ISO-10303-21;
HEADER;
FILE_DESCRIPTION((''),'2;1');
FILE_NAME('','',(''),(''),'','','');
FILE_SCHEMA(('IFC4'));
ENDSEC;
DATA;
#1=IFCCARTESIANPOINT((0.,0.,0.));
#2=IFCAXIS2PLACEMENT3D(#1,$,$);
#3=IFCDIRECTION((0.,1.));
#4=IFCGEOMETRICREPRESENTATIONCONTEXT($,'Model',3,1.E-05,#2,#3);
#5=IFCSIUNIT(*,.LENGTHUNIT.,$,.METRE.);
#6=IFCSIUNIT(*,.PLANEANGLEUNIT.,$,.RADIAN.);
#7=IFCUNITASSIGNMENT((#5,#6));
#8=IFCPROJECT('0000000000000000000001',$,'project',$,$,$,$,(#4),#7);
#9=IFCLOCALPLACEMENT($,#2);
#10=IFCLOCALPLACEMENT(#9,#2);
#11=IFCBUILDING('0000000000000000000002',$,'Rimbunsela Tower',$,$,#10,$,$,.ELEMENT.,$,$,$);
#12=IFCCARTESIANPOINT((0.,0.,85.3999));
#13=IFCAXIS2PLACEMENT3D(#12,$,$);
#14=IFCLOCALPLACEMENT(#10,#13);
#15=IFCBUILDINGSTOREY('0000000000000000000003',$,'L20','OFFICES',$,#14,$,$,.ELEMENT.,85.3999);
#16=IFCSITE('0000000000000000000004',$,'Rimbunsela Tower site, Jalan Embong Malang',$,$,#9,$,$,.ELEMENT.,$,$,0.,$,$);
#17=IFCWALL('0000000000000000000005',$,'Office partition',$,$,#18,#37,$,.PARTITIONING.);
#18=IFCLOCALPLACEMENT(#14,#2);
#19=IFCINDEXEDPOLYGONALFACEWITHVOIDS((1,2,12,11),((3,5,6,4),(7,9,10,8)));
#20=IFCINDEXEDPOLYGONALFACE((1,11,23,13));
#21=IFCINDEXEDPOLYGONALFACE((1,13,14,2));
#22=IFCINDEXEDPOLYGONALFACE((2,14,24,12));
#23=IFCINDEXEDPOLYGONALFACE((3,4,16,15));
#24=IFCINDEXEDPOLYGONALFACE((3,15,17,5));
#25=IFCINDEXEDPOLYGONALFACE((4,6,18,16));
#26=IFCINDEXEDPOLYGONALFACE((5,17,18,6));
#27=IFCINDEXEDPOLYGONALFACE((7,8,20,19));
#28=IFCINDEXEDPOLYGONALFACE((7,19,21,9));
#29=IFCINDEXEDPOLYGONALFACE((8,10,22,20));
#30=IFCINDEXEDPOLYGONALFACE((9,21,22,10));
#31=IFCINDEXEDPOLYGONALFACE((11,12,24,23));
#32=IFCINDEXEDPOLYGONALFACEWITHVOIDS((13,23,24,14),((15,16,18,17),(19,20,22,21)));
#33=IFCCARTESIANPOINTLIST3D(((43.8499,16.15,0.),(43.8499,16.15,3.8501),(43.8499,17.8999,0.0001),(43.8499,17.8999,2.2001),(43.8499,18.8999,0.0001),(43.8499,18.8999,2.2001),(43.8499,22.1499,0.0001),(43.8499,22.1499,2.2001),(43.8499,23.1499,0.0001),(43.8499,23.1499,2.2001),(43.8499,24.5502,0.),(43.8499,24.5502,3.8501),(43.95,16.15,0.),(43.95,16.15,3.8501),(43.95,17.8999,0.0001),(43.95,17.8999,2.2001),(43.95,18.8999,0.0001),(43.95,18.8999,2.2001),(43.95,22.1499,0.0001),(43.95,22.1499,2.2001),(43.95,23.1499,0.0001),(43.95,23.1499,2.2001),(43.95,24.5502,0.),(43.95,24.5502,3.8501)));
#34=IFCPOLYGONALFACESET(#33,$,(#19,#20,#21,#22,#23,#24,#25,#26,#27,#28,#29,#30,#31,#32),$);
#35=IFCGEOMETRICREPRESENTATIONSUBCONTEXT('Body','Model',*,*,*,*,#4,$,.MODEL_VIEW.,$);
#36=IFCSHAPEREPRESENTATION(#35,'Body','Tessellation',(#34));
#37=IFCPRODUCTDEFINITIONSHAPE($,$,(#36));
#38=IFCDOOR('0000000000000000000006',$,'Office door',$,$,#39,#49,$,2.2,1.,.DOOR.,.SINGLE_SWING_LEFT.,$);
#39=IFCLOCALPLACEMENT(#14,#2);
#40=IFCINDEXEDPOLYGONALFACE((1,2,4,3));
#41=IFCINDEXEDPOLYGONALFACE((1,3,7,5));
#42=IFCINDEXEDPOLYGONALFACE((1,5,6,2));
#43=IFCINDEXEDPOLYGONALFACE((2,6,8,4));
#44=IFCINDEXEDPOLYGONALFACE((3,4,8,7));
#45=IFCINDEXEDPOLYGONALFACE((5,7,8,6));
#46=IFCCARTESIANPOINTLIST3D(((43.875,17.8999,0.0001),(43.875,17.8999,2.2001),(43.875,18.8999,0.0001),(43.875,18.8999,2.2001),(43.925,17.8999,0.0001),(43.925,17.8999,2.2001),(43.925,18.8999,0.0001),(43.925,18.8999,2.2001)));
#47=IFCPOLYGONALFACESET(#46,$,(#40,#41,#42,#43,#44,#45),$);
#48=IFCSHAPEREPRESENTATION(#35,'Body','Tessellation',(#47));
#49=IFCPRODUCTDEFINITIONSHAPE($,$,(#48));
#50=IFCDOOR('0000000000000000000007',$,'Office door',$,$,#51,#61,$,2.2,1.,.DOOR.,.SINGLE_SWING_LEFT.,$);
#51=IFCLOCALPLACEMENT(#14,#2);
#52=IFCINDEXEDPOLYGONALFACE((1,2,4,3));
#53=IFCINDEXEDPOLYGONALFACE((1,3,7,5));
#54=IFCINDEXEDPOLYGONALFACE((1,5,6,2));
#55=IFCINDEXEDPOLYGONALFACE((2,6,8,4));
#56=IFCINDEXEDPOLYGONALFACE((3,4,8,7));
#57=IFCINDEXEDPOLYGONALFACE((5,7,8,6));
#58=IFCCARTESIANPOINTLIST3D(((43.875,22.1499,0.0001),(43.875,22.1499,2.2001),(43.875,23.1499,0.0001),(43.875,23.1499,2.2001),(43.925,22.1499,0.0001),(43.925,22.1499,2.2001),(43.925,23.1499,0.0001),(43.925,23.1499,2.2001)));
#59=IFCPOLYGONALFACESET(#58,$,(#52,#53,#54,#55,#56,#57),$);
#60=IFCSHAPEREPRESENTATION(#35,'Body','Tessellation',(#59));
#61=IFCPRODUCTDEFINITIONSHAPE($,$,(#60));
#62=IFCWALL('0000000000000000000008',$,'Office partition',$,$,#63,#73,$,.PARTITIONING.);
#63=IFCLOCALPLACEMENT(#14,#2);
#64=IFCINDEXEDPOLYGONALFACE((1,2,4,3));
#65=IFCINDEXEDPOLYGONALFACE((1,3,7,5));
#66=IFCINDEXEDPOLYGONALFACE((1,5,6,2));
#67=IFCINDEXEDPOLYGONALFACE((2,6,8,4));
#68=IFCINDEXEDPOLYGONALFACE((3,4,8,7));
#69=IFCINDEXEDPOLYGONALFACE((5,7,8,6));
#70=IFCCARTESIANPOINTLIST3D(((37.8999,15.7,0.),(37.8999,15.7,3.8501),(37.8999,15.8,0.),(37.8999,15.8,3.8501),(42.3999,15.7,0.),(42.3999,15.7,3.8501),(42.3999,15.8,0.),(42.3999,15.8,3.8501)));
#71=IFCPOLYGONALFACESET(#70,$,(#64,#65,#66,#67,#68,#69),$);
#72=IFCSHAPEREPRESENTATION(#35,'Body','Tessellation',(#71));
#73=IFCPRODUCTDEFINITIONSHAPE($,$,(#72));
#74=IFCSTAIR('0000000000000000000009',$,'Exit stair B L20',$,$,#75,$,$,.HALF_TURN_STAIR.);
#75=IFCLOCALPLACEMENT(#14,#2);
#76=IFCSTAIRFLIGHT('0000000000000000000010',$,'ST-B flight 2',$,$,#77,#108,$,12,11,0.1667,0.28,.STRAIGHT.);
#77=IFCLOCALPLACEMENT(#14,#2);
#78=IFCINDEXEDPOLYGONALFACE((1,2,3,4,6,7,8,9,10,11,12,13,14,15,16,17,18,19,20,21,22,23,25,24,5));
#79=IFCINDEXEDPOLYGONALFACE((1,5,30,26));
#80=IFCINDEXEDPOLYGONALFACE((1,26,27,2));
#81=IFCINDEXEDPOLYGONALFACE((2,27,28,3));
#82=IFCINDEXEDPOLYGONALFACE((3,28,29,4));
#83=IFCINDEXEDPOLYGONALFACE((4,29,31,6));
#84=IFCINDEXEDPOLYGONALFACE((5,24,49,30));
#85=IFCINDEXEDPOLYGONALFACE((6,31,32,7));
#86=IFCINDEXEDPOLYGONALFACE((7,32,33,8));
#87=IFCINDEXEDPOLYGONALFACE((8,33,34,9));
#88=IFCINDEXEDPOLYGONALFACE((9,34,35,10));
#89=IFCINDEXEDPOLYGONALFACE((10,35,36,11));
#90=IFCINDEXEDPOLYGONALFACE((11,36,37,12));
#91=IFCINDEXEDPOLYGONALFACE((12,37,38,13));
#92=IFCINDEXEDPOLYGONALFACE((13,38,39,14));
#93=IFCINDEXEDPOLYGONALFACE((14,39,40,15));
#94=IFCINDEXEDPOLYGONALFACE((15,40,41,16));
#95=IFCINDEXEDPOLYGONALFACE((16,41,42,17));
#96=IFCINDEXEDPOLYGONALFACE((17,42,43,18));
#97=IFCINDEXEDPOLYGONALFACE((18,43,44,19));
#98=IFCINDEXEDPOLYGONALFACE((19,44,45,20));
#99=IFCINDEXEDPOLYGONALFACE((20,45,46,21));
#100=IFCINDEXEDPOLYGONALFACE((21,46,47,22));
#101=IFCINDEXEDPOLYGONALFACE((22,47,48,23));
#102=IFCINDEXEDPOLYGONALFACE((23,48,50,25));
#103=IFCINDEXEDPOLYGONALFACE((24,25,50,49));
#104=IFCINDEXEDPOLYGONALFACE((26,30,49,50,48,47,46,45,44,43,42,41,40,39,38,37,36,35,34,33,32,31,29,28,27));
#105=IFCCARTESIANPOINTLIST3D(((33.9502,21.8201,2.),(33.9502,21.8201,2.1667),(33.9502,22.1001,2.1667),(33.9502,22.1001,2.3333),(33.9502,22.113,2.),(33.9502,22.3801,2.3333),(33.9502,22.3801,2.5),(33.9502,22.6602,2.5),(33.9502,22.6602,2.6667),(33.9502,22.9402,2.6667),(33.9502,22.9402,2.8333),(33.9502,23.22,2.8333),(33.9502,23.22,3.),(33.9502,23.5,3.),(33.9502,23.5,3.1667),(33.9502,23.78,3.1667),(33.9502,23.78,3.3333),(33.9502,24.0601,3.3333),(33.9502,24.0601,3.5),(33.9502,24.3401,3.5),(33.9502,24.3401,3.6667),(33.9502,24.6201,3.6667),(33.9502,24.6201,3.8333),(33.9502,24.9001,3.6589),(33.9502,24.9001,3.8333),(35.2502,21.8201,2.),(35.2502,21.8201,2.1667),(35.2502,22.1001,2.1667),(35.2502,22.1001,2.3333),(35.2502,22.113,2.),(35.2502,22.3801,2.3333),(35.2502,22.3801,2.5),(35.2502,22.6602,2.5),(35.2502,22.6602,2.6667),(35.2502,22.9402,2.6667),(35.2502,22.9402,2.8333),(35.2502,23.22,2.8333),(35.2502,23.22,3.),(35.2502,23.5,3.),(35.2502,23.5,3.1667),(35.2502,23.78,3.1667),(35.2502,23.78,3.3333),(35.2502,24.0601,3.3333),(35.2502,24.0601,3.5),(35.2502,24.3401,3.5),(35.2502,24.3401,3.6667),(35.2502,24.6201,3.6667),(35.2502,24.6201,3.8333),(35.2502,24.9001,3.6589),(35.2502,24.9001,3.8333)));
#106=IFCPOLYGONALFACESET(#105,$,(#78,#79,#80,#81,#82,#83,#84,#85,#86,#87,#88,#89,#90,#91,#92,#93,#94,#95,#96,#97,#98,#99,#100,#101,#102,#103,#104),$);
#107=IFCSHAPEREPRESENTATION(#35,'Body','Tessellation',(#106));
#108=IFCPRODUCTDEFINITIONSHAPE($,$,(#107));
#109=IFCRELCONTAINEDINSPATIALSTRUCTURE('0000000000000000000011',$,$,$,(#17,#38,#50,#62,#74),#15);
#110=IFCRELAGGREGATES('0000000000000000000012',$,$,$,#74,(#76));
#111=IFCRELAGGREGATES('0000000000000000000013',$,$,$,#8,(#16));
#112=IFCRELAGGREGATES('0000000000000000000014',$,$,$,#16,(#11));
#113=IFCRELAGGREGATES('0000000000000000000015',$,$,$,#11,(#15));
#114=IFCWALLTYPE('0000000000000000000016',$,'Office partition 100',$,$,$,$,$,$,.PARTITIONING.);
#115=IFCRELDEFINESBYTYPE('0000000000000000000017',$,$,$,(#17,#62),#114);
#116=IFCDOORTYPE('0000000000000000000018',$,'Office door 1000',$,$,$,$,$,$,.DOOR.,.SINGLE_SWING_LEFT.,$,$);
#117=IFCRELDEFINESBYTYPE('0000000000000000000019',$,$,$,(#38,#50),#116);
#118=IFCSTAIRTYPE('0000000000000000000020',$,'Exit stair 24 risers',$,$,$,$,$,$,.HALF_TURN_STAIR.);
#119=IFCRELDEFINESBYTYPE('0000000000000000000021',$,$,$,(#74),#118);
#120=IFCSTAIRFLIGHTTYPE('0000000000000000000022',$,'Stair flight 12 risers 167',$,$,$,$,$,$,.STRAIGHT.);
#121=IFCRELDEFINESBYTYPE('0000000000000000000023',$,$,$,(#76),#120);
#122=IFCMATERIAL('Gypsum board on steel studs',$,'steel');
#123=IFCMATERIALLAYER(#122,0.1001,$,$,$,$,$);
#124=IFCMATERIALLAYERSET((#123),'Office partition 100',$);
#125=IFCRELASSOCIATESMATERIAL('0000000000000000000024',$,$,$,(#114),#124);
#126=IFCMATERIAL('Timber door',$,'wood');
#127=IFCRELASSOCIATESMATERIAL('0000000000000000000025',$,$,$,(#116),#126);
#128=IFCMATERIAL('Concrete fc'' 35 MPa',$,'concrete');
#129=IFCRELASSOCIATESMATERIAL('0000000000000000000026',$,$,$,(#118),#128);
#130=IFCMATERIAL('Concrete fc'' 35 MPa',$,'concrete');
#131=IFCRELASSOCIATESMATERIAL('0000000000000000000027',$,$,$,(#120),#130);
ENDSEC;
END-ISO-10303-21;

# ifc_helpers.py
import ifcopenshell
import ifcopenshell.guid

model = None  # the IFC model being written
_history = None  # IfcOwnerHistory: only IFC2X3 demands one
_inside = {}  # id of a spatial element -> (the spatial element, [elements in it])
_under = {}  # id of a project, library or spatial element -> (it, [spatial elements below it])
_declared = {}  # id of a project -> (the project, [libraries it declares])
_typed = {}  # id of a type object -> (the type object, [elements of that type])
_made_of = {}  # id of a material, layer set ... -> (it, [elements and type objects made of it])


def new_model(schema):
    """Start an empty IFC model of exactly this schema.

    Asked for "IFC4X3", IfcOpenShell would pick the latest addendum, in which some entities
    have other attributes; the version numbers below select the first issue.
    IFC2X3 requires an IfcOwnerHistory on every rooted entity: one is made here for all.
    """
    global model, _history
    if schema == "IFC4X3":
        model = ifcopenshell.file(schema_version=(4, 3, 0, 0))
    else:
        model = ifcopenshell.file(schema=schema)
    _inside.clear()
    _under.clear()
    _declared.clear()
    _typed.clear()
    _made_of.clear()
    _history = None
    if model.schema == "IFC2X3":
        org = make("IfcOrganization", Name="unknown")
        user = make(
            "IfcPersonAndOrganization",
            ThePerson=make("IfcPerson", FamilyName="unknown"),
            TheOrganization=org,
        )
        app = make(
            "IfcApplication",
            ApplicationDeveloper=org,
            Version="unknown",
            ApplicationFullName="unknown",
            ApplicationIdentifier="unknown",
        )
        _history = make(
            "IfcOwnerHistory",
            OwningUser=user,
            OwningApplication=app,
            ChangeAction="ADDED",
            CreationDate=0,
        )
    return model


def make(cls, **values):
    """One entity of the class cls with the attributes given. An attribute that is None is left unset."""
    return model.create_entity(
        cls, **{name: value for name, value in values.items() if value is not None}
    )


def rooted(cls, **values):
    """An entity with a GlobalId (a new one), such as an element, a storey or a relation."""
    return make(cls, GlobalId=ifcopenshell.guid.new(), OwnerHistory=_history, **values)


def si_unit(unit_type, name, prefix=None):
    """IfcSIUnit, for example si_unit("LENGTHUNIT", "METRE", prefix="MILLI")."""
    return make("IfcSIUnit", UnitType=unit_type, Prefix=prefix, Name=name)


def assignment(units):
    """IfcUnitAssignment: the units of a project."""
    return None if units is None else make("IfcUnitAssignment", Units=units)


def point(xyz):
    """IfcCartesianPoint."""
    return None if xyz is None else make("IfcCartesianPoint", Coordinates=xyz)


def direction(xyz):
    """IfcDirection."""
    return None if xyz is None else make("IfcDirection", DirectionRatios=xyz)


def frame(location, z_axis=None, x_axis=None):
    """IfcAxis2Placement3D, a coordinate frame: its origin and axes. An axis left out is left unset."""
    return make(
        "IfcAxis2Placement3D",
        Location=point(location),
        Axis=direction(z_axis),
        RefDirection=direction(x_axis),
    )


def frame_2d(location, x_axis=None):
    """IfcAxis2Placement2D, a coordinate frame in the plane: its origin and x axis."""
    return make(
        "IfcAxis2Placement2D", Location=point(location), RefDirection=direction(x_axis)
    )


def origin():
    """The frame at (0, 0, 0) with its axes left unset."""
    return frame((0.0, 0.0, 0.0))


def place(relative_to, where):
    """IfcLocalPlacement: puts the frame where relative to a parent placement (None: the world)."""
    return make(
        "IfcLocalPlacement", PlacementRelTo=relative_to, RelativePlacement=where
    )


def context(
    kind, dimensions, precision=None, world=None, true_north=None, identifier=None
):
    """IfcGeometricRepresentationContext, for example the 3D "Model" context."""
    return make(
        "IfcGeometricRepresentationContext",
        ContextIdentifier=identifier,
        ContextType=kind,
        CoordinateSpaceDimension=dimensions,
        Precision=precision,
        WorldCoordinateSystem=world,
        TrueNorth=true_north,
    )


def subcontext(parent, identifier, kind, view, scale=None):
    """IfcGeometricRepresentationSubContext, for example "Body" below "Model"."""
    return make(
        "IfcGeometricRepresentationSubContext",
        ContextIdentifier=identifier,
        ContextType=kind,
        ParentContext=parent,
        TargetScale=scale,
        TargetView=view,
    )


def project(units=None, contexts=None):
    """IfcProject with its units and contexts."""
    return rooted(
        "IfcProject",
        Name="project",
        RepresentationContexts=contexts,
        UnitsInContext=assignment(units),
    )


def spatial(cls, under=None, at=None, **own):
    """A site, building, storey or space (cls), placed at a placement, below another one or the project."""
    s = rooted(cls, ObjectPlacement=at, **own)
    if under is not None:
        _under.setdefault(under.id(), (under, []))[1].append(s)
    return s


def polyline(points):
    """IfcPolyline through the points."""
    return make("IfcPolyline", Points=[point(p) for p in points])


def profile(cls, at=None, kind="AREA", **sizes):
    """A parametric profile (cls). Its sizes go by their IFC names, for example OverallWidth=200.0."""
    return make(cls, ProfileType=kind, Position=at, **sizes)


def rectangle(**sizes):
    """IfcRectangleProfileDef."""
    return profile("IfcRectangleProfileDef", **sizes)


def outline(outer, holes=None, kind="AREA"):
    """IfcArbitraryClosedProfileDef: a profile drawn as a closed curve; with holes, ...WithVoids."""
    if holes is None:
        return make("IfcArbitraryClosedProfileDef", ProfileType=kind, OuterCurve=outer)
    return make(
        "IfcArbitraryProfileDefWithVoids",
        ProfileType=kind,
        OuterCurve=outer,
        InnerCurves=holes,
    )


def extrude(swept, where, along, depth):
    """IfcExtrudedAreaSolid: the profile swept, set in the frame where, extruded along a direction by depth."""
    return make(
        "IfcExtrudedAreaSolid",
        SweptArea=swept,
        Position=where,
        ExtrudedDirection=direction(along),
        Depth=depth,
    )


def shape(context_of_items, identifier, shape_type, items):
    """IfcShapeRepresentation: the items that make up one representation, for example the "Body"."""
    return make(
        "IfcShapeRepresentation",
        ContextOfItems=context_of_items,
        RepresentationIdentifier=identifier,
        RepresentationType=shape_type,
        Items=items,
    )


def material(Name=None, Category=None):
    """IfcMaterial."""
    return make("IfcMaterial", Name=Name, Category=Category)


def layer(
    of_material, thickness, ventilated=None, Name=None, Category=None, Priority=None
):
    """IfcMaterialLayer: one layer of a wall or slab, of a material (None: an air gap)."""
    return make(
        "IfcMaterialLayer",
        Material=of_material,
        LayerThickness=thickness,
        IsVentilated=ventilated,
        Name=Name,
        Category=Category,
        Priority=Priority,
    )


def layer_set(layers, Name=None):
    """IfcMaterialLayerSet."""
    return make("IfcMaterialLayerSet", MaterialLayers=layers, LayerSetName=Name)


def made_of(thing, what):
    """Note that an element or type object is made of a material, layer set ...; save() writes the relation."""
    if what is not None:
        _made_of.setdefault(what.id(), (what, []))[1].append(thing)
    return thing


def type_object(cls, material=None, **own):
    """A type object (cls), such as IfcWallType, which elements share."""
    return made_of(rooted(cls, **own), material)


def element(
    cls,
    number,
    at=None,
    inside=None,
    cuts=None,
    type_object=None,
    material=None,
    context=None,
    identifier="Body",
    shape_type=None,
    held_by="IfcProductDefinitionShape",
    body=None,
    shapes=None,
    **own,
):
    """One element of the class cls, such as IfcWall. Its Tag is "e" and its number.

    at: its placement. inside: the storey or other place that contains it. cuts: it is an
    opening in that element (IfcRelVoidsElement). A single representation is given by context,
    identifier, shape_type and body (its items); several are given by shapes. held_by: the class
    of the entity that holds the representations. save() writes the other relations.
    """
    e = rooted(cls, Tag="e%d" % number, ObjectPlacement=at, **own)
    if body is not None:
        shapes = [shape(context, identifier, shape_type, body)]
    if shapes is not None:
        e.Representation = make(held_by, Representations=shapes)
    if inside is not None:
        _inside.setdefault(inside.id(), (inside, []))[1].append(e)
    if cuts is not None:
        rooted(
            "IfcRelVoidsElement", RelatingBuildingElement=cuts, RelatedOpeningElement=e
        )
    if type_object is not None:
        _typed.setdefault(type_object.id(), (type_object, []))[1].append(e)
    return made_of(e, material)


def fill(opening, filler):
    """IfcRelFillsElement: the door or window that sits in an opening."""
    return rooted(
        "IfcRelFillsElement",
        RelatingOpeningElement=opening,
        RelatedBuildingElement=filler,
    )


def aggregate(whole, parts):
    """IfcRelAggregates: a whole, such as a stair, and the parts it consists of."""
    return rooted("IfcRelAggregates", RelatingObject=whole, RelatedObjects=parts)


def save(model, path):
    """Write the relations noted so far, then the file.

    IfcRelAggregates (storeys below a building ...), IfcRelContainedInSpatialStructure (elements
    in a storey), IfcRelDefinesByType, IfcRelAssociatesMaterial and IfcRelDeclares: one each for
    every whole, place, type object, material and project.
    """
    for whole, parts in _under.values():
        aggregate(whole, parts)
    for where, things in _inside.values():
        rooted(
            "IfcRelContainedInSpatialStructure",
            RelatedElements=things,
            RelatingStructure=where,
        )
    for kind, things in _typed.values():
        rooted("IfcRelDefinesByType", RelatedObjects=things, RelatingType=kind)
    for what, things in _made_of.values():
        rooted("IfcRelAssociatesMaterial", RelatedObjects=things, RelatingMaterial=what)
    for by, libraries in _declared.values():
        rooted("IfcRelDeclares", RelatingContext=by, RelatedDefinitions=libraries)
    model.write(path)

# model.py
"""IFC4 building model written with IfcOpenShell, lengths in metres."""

from ifc_helpers import new_model, si_unit, direction, frame, frame_2d, origin, place, context, subcontext, project, spatial, polyline, rectangle, outline, extrude, material, layer, layer_set, type_object, element, fill, aggregate, save


model = new_model("IFC4")

# Units and contexts
model_context = context("Model", 3, precision=1e-05, world=origin(), true_north=direction((0.0, 1.0)))
body_context = subcontext(model_context, "Body", "Model", "MODEL_VIEW")
ifc_project = project(units=[si_unit("LENGTHUNIT", "METRE"), si_unit("PLANEANGLEUNIT", "RADIAN")], contexts=[model_context])

# Site, building, storey
site_placement = place(None, origin())
site = spatial("IfcSite", under=ifc_project, at=site_placement, Name="Rimbunsela Tower site, Jalan Embong Malang", CompositionType="ELEMENT", RefElevation=0.0)
building_placement = place(site_placement, origin())
building = spatial("IfcBuilding", under=site, at=building_placement, Name="Rimbunsela Tower", CompositionType="ELEMENT")
storey_placement = place(building_placement, frame((0.0, 0.0, 85.3999)))
storey = spatial("IfcBuildingStorey", under=building, at=storey_placement, Name="L20", Description="OFFICES", CompositionType="ELEMENT", Elevation=85.3999)

# Shared definitions
ifc_material_1 = material(Name="Gypsum board on steel studs", Category="steel")
ifc_layer_1 = layer(ifc_material_1, 0.1001)
ifc_layer_set_1 = layer_set([ifc_layer_1], Name="Office partition 100")
wall_type_1 = type_object("IfcWallType", Name="Office partition 100", PredefinedType="PARTITIONING", material=ifc_layer_set_1)

# Wall, openings, doors
wall_1_placement = place(storey_placement, frame((43.8999, 16.1499, 0.0), z_axis=(0.0, 0.0, 1.0), x_axis=(0.0, 1.0, 0.0)))
wall_1 = element("IfcWall", 1, at=wall_1_placement, inside=storey, type_object=wall_type_1, Name="Office partition", PredefinedType="PARTITIONING", context=body_context, shape_type="SweptSolid", body=[
    extrude(rectangle(XDim=8.4001, YDim=0.1001, at=frame_2d((4.2002, 0.0))), origin(), (0.0, 0.0, 1.0), 3.8501),
])
opening_1_placement = place(wall_1_placement, frame((1.75, 0.0, 0.0)))
opening_1 = element("IfcOpeningElement", 2, at=opening_1_placement, cuts=wall_1, PredefinedType="OPENING", context=body_context, shape_type="SweptSolid", body=[
    extrude(rectangle(XDim=1.0, YDim=2.2, at=frame_2d((0.5, 1.1001))), frame((0.0, 0.0601, 0.0), z_axis=(0.0, -1.0, 0.0), x_axis=(1.0, 0.0, 0.0)), (0.0, 0.0, 1.0), 0.1201),
])
opening_2_placement = place(wall_1_placement, frame((6.0, 0.0, 0.0)))
opening_2 = element("IfcOpeningElement", 3, at=opening_2_placement, cuts=wall_1, PredefinedType="OPENING", context=body_context, shape_type="SweptSolid", body=[
    extrude(rectangle(XDim=1.0, YDim=2.2, at=frame_2d((0.5, 1.1001))), frame((0.0, 0.0601, 0.0), z_axis=(0.0, -1.0, 0.0), x_axis=(1.0, 0.0, 0.0)), (0.0, 0.0, 1.0), 0.1201),
])
ifc_material_2 = material(Name="Timber door", Category="wood")
door_type_1 = type_object("IfcDoorType", Name="Office door 1000", OperationType="SINGLE_SWING_LEFT", PredefinedType="DOOR", material=ifc_material_2)
door_1_placement = place(opening_1_placement, origin())
door_1 = element("IfcDoor", 4, at=door_1_placement, inside=storey, type_object=door_type_1, Name="Office door", OperationType="SINGLE_SWING_LEFT", OverallHeight=2.2, OverallWidth=1.0, PredefinedType="DOOR", context=body_context, shape_type="SweptSolid", body=[
    extrude(rectangle(XDim=1.0, YDim=2.2, at=frame_2d((0.5, 1.1001))), frame((0.0, 0.0249, 0.0), z_axis=(0.0, -1.0, 0.0), x_axis=(1.0, 0.0, 0.0)), (0.0, 0.0, 1.0), 0.05),
])
fill(opening_1, door_1)
door_2_placement = place(opening_2_placement, origin())
door_2 = element("IfcDoor", 5, at=door_2_placement, inside=storey, type_object=door_type_1, Name="Office door", OperationType="SINGLE_SWING_LEFT", OverallHeight=2.2, OverallWidth=1.0, PredefinedType="DOOR", context=body_context, shape_type="SweptSolid", body=[
    extrude(rectangle(XDim=1.0, YDim=2.2, at=frame_2d((0.5, 1.1001))), frame((0.0, 0.0249, 0.0), z_axis=(0.0, -1.0, 0.0), x_axis=(1.0, 0.0, 0.0)), (0.0, 0.0, 1.0), 0.05),
])
fill(opening_2, door_2)

# Wall
wall_2_placement = place(storey_placement, frame((42.3999, 15.75, 0.0), z_axis=(0.0, 0.0, 1.0), x_axis=(-1.0, 0.0, 0.0)))
element("IfcWall", 6, at=wall_2_placement, inside=storey, type_object=wall_type_1, Name="Office partition", PredefinedType="PARTITIONING", context=body_context, shape_type="SweptSolid", body=[
    extrude(rectangle(XDim=4.5, YDim=0.1001, at=frame_2d((2.25, 0.0))), origin(), (0.0, 0.0, 1.0), 3.8501),
])

# Stair, stair flight
ifc_material_3 = material(Name="Concrete fc' 35 MPa", Category="concrete")
stair_type = type_object("IfcStairType", Name="Exit stair 24 risers", PredefinedType="HALF_TURN_STAIR", material=ifc_material_3)
stair_placement = place(storey_placement, origin())
stair = element("IfcStair", 7, at=stair_placement, inside=storey, type_object=stair_type, Name="Exit stair B L20", PredefinedType="HALF_TURN_STAIR")
ifc_material_4 = material(Name="Concrete fc' 35 MPa", Category="concrete")
stair_flight_type = type_object("IfcStairFlightType", Name="Stair flight 12 risers 167", PredefinedType="STRAIGHT", material=ifc_material_4)
stair_flight_placement = place(storey_placement, frame((34.6001, 21.8201, 2.0), z_axis=(0.0, 0.0, 1.0), x_axis=(0.0, 1.0, 0.0)))
stair_flight = element("IfcStairFlight", 8, at=stair_flight_placement, type_object=stair_flight_type, Name="ST-B flight 2", NumberOfRisers=12, NumberOfTreads=11, PredefinedType="STRAIGHT", RiserHeight=0.1667, TreadLength=0.28, context=body_context, shape_type="SweptSolid", body=[
    extrude(outline(polyline([(0.0, 0.0), (0.0, 0.1667), (0.28, 0.1667), (0.28, 0.3333), (0.5601, 0.3333), (0.5601, 0.5), (0.8401, 0.5), (0.8401, 0.6667), (1.1201, 0.6667), (1.1201, 0.8333), (1.3999, 0.8333), (1.3999, 1.0), (1.6799, 1.0), (1.6799, 1.1667), (1.96, 1.1667), (1.96, 1.3333), (2.24, 1.3333), (2.24, 1.5), (2.52, 1.5), (2.52, 1.6667), (2.8, 1.6667), (2.8, 1.8333), (3.0801, 1.8333), (3.0801, 2.0), (3.0801, 1.6589), (0.293, 0.0), (0.0, 0.0)])), frame((0.0, 0.6499, 0.0), z_axis=(0.0, -1.0, 0.0), x_axis=(1.0, 0.0, 0.0)), (0.0, 0.0, 1.0), 1.3),
])
aggregate(stair, [stair_flight])

save(model, "model.ifc")
